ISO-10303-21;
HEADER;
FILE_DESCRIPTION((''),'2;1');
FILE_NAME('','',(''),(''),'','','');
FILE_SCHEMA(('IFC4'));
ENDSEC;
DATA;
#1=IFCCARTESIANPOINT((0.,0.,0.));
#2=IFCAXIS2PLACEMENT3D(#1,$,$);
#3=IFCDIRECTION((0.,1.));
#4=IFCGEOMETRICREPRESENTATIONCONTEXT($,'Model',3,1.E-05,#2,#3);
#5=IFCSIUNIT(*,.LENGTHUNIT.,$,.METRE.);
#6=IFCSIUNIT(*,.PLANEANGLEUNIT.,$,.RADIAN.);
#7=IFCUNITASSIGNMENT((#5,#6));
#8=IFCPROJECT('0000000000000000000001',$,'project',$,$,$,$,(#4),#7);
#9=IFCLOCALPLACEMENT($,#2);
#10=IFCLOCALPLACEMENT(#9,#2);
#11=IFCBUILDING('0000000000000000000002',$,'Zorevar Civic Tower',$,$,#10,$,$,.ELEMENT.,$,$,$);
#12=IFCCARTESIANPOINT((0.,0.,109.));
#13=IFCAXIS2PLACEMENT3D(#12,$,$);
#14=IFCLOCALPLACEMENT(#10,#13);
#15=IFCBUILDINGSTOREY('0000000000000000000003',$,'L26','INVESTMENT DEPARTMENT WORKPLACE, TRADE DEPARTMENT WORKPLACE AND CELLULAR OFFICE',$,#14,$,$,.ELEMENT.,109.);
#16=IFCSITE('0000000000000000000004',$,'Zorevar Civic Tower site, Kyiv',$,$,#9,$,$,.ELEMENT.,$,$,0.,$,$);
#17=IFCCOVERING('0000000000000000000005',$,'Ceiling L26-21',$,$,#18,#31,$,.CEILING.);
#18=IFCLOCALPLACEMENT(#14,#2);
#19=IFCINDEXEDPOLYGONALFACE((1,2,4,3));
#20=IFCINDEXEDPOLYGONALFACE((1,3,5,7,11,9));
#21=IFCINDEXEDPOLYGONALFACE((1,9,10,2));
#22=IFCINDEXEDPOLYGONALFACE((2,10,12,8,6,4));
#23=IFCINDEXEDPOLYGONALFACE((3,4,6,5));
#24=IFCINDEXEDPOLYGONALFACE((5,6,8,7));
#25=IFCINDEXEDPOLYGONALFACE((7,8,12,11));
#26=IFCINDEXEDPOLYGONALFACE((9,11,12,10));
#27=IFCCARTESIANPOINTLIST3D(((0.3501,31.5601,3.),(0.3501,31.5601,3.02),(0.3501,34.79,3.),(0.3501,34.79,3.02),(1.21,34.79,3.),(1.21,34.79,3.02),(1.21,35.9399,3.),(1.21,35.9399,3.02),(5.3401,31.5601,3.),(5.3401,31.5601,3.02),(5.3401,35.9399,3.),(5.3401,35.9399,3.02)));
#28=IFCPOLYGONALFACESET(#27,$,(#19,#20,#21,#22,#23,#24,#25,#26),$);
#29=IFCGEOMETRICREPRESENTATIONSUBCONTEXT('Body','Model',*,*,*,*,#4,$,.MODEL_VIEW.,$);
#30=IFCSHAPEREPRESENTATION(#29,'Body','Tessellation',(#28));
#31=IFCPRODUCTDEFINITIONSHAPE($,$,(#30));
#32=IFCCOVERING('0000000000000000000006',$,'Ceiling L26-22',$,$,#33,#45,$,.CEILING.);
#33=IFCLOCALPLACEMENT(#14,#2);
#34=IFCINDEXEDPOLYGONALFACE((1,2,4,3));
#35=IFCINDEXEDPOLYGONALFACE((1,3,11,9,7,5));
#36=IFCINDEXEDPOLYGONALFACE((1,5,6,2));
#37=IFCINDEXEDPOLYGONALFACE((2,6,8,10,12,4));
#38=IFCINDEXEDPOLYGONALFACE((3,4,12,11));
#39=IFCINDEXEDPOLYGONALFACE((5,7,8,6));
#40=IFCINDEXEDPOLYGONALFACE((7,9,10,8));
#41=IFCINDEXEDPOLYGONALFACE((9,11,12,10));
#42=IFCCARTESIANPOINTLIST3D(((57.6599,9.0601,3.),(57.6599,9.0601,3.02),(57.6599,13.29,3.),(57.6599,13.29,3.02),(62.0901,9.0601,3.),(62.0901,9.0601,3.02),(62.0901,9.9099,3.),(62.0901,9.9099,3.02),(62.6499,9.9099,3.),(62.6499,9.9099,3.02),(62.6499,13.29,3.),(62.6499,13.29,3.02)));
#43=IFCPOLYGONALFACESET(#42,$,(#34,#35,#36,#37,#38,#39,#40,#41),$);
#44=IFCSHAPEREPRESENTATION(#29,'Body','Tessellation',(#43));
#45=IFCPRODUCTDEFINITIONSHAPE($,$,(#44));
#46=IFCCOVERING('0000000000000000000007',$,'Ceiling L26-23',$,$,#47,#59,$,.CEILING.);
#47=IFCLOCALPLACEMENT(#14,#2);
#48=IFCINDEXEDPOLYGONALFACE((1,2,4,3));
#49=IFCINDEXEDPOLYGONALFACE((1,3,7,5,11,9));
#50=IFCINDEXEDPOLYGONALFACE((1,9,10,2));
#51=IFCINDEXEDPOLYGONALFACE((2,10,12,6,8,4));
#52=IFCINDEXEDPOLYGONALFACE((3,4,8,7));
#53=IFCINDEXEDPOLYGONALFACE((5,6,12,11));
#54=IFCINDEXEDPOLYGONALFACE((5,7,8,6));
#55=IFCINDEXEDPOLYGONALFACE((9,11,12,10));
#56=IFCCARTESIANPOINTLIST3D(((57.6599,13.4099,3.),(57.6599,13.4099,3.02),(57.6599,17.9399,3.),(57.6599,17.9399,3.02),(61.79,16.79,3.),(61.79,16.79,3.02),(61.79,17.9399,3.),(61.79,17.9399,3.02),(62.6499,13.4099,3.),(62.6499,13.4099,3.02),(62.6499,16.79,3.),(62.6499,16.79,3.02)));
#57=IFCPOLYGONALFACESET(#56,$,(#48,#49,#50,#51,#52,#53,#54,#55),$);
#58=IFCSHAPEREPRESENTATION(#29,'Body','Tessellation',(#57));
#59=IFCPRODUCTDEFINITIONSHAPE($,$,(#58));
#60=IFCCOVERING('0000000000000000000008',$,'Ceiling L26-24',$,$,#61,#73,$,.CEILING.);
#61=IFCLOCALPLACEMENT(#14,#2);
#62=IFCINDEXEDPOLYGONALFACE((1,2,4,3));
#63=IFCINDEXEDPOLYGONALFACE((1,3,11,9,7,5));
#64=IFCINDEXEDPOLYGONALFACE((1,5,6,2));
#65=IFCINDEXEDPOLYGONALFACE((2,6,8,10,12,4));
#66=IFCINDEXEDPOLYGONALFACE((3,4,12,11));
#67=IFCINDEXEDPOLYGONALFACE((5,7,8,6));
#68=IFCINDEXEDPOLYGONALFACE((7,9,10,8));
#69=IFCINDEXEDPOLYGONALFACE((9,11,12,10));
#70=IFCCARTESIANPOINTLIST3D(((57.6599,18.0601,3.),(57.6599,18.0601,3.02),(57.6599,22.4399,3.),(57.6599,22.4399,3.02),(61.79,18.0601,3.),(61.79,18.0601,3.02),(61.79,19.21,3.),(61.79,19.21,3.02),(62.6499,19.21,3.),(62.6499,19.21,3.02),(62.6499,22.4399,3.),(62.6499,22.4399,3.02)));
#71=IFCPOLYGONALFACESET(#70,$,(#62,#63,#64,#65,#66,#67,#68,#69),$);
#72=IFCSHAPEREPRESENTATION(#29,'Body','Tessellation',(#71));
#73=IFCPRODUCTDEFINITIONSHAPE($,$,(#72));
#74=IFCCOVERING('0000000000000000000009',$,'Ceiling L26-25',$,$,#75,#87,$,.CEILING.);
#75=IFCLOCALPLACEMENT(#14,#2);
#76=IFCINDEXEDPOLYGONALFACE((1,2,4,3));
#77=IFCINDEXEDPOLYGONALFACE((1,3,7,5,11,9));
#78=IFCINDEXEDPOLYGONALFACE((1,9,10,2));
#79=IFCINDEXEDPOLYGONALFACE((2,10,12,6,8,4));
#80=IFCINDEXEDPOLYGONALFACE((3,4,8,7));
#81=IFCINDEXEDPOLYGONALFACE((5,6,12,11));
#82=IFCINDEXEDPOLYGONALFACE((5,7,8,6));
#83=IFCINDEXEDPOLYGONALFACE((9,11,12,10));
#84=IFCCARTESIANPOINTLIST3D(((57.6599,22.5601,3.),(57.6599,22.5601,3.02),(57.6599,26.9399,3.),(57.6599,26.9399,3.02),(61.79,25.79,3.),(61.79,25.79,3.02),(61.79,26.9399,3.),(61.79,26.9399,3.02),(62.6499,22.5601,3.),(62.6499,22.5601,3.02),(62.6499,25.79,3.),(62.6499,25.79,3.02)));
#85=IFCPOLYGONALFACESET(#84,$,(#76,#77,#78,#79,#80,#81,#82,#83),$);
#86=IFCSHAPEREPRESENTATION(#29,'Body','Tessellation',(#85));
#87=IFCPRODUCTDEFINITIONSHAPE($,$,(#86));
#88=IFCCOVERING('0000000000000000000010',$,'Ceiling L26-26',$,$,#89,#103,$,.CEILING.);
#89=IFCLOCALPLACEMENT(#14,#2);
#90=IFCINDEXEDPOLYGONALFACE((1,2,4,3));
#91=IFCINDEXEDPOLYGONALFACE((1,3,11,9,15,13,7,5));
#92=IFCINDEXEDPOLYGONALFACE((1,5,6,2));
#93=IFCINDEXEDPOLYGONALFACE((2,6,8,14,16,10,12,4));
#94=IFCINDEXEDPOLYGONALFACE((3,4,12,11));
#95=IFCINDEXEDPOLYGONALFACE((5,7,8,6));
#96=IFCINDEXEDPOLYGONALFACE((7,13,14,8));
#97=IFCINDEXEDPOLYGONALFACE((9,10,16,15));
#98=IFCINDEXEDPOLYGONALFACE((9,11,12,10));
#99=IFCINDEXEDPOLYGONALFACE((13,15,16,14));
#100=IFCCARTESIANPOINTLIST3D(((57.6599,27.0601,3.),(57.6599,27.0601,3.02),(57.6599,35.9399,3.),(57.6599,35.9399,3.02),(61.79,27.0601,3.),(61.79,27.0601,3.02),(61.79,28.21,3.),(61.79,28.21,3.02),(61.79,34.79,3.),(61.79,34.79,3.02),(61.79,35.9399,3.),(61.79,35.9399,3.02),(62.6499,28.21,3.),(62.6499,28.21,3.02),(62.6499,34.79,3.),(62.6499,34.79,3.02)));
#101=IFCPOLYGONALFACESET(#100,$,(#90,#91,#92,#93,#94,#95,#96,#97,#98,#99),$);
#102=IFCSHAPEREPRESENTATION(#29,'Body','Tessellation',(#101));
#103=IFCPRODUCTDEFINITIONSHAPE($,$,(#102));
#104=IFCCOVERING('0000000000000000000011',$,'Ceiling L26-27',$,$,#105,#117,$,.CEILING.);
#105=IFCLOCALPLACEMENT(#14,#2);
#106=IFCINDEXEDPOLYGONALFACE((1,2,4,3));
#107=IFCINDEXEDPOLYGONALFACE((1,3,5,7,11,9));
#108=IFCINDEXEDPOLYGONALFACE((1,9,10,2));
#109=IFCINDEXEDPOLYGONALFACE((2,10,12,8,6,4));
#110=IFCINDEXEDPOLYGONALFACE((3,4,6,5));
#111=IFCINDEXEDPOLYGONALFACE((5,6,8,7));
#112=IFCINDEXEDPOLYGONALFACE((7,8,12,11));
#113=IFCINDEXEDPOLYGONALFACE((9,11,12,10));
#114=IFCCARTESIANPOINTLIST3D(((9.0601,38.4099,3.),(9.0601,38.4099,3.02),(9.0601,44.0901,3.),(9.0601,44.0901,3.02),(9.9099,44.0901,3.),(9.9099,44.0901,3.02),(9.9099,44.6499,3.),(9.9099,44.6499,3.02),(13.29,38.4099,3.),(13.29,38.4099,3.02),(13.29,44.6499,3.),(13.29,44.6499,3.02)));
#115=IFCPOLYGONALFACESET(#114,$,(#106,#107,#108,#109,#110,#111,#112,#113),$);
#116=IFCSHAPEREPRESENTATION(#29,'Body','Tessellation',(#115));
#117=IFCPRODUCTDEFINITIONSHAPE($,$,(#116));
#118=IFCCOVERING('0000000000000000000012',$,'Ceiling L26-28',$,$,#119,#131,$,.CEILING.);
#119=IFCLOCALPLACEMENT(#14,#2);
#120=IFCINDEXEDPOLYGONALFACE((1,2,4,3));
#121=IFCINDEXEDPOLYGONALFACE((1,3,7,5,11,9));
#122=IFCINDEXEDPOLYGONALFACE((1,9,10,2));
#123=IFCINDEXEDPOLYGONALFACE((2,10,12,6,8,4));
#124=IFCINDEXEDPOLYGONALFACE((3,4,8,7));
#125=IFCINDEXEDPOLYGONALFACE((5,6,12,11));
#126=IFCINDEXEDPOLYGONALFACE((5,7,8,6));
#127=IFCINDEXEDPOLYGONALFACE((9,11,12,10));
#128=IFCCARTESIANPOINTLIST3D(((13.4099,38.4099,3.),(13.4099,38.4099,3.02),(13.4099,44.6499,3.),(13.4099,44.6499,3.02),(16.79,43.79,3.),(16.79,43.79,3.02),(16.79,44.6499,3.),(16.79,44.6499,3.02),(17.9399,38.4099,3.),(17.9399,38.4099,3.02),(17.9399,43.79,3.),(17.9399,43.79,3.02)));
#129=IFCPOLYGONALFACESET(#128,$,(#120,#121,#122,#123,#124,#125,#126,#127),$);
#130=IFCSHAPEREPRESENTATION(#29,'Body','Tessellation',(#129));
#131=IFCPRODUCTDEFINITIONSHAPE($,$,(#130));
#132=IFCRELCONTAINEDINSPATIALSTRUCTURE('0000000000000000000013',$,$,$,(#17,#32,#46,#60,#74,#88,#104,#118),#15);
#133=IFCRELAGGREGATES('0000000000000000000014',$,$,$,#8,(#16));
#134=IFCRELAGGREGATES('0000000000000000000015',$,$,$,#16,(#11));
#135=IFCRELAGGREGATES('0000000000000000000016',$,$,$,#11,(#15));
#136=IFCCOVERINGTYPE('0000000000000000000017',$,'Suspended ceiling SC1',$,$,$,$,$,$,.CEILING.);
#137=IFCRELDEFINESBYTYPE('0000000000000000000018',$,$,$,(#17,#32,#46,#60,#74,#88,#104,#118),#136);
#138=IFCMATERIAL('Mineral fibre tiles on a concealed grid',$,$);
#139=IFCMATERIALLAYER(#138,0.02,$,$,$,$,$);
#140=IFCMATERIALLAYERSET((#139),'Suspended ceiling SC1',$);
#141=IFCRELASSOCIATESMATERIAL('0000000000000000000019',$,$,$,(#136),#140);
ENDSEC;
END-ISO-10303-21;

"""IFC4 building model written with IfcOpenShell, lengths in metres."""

from ifc_helpers import new_model, si_unit, direction, frame, origin, place, context, subcontext, project, spatial, polyline, outline, extrude, material, layer, layer_set, type_object, element, save


model = new_model("IFC4")

# Units and contexts
model_context = context("Model", 3, precision=1e-05, world=origin(), true_north=direction((0.0, 1.0)))
body_context = subcontext(model_context, "Body", "Model", "MODEL_VIEW")
ifc_project = project(units=[si_unit("LENGTHUNIT", "METRE"), si_unit("PLANEANGLEUNIT", "RADIAN")], contexts=[model_context])

# Site, building, storey
site_placement = place(None, origin())
site = spatial("IfcSite", under=ifc_project, at=site_placement, Name="Zorevar Civic Tower site, Kyiv", CompositionType="ELEMENT", RefElevation=0.0)
building_placement = place(site_placement, origin())
building = spatial("IfcBuilding", under=site, at=building_placement, Name="Zorevar Civic Tower", CompositionType="ELEMENT")
storey_placement = place(building_placement, frame((0.0, 0.0, 109.0)))
storey = spatial("IfcBuildingStorey", under=building, at=storey_placement, Name="L26", Description="INVESTMENT DEPARTMENT WORKPLACE, TRADE DEPARTMENT WORKPLACE AND CELLULAR OFFICE", CompositionType="ELEMENT", Elevation=109.0)

# Coverings
ifc_material_1 = material(Name="Mineral fibre tiles on a concealed grid")
ifc_layer_1 = layer(ifc_material_1, 0.02)
ifc_layer_set_1 = layer_set([ifc_layer_1], Name="Suspended ceiling SC1")
covering_type_1 = type_object("IfcCoveringType", Name="Suspended ceiling SC1", PredefinedType="CEILING", material=ifc_layer_set_1)
covering_1_placement = place(storey_placement, frame((0.0, 0.0, 3.0)))
element("IfcCovering", 1, at=covering_1_placement, inside=storey, type_object=covering_type_1, Name="Ceiling L26-21", PredefinedType="CEILING", context=body_context, shape_type="SweptSolid", body=[
    extrude(outline(polyline([(5.3401, 31.5601), (0.3501, 31.5601), (0.3501, 34.79), (1.21, 34.79), (1.21, 35.9399), (5.3401, 35.9399), (5.3401, 31.5601)])), origin(), (0.0, 0.0, 1.0), 0.02),
])
covering_2_placement = place(storey_placement, frame((0.0, 0.0, 3.0)))
element("IfcCovering", 2, at=covering_2_placement, inside=storey, type_object=covering_type_1, Name="Ceiling L26-22", PredefinedType="CEILING", context=body_context, shape_type="SweptSolid", body=[
    extrude(outline(polyline([(57.6599, 13.29), (62.6499, 13.29), (62.6499, 9.9099), (62.0901, 9.9099), (62.0901, 9.0601), (57.6599, 9.0601), (57.6599, 13.29)])), origin(), (0.0, 0.0, 1.0), 0.02),
])
covering_3_placement = place(storey_placement, frame((0.0, 0.0, 3.0)))
element("IfcCovering", 3, at=covering_3_placement, inside=storey, type_object=covering_type_1, Name="Ceiling L26-23", PredefinedType="CEILING", context=body_context, shape_type="SweptSolid", body=[
    extrude(outline(polyline([(57.6599, 17.9399), (61.79, 17.9399), (61.79, 16.79), (62.6499, 16.79), (62.6499, 13.4099), (57.6599, 13.4099), (57.6599, 17.9399)])), origin(), (0.0, 0.0, 1.0), 0.02),
])
covering_4_placement = place(storey_placement, frame((0.0, 0.0, 3.0)))
element("IfcCovering", 4, at=covering_4_placement, inside=storey, type_object=covering_type_1, Name="Ceiling L26-24", PredefinedType="CEILING", context=body_context, shape_type="SweptSolid", body=[
    extrude(outline(polyline([(57.6599, 22.4399), (62.6499, 22.4399), (62.6499, 19.21), (61.79, 19.21), (61.79, 18.0601), (57.6599, 18.0601), (57.6599, 22.4399)])), origin(), (0.0, 0.0, 1.0), 0.02),
])
covering_5_placement = place(storey_placement, frame((0.0, 0.0, 3.0)))
element("IfcCovering", 5, at=covering_5_placement, inside=storey, type_object=covering_type_1, Name="Ceiling L26-25", PredefinedType="CEILING", context=body_context, shape_type="SweptSolid", body=[
    extrude(outline(polyline([(57.6599, 26.9399), (61.79, 26.9399), (61.79, 25.79), (62.6499, 25.79), (62.6499, 22.5601), (57.6599, 22.5601), (57.6599, 26.9399)])), origin(), (0.0, 0.0, 1.0), 0.02),
])
covering_6_placement = place(storey_placement, frame((0.0, 0.0, 3.0)))
element("IfcCovering", 6, at=covering_6_placement, inside=storey, type_object=covering_type_1, Name="Ceiling L26-26", PredefinedType="CEILING", context=body_context, shape_type="SweptSolid", body=[
    extrude(outline(polyline([(62.6499, 28.21), (61.79, 28.21), (61.79, 27.0601), (57.6599, 27.0601), (57.6599, 35.9399), (61.79, 35.9399), (61.79, 34.79), (62.6499, 34.79), (62.6499, 28.21)])), origin(), (0.0, 0.0, 1.0), 0.02),
])
covering_7_placement = place(storey_placement, frame((0.0, 0.0, 3.0)))
element("IfcCovering", 7, at=covering_7_placement, inside=storey, type_object=covering_type_1, Name="Ceiling L26-27", PredefinedType="CEILING", context=body_context, shape_type="SweptSolid", body=[
    extrude(outline(polyline([(9.0601, 38.4099), (9.0601, 44.0901), (9.9099, 44.0901), (9.9099, 44.6499), (13.29, 44.6499), (13.29, 38.4099), (9.0601, 38.4099)])), origin(), (0.0, 0.0, 1.0), 0.02),
])
covering_8_placement = place(storey_placement, frame((0.0, 0.0, 3.0)))
element("IfcCovering", 8, at=covering_8_placement, inside=storey, type_object=covering_type_1, Name="Ceiling L26-28", PredefinedType="CEILING", context=body_context, shape_type="SweptSolid", body=[
    extrude(outline(polyline([(13.4099, 38.4099), (13.4099, 44.6499), (16.79, 44.6499), (16.79, 43.79), (17.9399, 43.79), (17.9399, 38.4099), (13.4099, 38.4099)])), origin(), (0.0, 0.0, 1.0), 0.02),
])

save(model, "model.ifc")
